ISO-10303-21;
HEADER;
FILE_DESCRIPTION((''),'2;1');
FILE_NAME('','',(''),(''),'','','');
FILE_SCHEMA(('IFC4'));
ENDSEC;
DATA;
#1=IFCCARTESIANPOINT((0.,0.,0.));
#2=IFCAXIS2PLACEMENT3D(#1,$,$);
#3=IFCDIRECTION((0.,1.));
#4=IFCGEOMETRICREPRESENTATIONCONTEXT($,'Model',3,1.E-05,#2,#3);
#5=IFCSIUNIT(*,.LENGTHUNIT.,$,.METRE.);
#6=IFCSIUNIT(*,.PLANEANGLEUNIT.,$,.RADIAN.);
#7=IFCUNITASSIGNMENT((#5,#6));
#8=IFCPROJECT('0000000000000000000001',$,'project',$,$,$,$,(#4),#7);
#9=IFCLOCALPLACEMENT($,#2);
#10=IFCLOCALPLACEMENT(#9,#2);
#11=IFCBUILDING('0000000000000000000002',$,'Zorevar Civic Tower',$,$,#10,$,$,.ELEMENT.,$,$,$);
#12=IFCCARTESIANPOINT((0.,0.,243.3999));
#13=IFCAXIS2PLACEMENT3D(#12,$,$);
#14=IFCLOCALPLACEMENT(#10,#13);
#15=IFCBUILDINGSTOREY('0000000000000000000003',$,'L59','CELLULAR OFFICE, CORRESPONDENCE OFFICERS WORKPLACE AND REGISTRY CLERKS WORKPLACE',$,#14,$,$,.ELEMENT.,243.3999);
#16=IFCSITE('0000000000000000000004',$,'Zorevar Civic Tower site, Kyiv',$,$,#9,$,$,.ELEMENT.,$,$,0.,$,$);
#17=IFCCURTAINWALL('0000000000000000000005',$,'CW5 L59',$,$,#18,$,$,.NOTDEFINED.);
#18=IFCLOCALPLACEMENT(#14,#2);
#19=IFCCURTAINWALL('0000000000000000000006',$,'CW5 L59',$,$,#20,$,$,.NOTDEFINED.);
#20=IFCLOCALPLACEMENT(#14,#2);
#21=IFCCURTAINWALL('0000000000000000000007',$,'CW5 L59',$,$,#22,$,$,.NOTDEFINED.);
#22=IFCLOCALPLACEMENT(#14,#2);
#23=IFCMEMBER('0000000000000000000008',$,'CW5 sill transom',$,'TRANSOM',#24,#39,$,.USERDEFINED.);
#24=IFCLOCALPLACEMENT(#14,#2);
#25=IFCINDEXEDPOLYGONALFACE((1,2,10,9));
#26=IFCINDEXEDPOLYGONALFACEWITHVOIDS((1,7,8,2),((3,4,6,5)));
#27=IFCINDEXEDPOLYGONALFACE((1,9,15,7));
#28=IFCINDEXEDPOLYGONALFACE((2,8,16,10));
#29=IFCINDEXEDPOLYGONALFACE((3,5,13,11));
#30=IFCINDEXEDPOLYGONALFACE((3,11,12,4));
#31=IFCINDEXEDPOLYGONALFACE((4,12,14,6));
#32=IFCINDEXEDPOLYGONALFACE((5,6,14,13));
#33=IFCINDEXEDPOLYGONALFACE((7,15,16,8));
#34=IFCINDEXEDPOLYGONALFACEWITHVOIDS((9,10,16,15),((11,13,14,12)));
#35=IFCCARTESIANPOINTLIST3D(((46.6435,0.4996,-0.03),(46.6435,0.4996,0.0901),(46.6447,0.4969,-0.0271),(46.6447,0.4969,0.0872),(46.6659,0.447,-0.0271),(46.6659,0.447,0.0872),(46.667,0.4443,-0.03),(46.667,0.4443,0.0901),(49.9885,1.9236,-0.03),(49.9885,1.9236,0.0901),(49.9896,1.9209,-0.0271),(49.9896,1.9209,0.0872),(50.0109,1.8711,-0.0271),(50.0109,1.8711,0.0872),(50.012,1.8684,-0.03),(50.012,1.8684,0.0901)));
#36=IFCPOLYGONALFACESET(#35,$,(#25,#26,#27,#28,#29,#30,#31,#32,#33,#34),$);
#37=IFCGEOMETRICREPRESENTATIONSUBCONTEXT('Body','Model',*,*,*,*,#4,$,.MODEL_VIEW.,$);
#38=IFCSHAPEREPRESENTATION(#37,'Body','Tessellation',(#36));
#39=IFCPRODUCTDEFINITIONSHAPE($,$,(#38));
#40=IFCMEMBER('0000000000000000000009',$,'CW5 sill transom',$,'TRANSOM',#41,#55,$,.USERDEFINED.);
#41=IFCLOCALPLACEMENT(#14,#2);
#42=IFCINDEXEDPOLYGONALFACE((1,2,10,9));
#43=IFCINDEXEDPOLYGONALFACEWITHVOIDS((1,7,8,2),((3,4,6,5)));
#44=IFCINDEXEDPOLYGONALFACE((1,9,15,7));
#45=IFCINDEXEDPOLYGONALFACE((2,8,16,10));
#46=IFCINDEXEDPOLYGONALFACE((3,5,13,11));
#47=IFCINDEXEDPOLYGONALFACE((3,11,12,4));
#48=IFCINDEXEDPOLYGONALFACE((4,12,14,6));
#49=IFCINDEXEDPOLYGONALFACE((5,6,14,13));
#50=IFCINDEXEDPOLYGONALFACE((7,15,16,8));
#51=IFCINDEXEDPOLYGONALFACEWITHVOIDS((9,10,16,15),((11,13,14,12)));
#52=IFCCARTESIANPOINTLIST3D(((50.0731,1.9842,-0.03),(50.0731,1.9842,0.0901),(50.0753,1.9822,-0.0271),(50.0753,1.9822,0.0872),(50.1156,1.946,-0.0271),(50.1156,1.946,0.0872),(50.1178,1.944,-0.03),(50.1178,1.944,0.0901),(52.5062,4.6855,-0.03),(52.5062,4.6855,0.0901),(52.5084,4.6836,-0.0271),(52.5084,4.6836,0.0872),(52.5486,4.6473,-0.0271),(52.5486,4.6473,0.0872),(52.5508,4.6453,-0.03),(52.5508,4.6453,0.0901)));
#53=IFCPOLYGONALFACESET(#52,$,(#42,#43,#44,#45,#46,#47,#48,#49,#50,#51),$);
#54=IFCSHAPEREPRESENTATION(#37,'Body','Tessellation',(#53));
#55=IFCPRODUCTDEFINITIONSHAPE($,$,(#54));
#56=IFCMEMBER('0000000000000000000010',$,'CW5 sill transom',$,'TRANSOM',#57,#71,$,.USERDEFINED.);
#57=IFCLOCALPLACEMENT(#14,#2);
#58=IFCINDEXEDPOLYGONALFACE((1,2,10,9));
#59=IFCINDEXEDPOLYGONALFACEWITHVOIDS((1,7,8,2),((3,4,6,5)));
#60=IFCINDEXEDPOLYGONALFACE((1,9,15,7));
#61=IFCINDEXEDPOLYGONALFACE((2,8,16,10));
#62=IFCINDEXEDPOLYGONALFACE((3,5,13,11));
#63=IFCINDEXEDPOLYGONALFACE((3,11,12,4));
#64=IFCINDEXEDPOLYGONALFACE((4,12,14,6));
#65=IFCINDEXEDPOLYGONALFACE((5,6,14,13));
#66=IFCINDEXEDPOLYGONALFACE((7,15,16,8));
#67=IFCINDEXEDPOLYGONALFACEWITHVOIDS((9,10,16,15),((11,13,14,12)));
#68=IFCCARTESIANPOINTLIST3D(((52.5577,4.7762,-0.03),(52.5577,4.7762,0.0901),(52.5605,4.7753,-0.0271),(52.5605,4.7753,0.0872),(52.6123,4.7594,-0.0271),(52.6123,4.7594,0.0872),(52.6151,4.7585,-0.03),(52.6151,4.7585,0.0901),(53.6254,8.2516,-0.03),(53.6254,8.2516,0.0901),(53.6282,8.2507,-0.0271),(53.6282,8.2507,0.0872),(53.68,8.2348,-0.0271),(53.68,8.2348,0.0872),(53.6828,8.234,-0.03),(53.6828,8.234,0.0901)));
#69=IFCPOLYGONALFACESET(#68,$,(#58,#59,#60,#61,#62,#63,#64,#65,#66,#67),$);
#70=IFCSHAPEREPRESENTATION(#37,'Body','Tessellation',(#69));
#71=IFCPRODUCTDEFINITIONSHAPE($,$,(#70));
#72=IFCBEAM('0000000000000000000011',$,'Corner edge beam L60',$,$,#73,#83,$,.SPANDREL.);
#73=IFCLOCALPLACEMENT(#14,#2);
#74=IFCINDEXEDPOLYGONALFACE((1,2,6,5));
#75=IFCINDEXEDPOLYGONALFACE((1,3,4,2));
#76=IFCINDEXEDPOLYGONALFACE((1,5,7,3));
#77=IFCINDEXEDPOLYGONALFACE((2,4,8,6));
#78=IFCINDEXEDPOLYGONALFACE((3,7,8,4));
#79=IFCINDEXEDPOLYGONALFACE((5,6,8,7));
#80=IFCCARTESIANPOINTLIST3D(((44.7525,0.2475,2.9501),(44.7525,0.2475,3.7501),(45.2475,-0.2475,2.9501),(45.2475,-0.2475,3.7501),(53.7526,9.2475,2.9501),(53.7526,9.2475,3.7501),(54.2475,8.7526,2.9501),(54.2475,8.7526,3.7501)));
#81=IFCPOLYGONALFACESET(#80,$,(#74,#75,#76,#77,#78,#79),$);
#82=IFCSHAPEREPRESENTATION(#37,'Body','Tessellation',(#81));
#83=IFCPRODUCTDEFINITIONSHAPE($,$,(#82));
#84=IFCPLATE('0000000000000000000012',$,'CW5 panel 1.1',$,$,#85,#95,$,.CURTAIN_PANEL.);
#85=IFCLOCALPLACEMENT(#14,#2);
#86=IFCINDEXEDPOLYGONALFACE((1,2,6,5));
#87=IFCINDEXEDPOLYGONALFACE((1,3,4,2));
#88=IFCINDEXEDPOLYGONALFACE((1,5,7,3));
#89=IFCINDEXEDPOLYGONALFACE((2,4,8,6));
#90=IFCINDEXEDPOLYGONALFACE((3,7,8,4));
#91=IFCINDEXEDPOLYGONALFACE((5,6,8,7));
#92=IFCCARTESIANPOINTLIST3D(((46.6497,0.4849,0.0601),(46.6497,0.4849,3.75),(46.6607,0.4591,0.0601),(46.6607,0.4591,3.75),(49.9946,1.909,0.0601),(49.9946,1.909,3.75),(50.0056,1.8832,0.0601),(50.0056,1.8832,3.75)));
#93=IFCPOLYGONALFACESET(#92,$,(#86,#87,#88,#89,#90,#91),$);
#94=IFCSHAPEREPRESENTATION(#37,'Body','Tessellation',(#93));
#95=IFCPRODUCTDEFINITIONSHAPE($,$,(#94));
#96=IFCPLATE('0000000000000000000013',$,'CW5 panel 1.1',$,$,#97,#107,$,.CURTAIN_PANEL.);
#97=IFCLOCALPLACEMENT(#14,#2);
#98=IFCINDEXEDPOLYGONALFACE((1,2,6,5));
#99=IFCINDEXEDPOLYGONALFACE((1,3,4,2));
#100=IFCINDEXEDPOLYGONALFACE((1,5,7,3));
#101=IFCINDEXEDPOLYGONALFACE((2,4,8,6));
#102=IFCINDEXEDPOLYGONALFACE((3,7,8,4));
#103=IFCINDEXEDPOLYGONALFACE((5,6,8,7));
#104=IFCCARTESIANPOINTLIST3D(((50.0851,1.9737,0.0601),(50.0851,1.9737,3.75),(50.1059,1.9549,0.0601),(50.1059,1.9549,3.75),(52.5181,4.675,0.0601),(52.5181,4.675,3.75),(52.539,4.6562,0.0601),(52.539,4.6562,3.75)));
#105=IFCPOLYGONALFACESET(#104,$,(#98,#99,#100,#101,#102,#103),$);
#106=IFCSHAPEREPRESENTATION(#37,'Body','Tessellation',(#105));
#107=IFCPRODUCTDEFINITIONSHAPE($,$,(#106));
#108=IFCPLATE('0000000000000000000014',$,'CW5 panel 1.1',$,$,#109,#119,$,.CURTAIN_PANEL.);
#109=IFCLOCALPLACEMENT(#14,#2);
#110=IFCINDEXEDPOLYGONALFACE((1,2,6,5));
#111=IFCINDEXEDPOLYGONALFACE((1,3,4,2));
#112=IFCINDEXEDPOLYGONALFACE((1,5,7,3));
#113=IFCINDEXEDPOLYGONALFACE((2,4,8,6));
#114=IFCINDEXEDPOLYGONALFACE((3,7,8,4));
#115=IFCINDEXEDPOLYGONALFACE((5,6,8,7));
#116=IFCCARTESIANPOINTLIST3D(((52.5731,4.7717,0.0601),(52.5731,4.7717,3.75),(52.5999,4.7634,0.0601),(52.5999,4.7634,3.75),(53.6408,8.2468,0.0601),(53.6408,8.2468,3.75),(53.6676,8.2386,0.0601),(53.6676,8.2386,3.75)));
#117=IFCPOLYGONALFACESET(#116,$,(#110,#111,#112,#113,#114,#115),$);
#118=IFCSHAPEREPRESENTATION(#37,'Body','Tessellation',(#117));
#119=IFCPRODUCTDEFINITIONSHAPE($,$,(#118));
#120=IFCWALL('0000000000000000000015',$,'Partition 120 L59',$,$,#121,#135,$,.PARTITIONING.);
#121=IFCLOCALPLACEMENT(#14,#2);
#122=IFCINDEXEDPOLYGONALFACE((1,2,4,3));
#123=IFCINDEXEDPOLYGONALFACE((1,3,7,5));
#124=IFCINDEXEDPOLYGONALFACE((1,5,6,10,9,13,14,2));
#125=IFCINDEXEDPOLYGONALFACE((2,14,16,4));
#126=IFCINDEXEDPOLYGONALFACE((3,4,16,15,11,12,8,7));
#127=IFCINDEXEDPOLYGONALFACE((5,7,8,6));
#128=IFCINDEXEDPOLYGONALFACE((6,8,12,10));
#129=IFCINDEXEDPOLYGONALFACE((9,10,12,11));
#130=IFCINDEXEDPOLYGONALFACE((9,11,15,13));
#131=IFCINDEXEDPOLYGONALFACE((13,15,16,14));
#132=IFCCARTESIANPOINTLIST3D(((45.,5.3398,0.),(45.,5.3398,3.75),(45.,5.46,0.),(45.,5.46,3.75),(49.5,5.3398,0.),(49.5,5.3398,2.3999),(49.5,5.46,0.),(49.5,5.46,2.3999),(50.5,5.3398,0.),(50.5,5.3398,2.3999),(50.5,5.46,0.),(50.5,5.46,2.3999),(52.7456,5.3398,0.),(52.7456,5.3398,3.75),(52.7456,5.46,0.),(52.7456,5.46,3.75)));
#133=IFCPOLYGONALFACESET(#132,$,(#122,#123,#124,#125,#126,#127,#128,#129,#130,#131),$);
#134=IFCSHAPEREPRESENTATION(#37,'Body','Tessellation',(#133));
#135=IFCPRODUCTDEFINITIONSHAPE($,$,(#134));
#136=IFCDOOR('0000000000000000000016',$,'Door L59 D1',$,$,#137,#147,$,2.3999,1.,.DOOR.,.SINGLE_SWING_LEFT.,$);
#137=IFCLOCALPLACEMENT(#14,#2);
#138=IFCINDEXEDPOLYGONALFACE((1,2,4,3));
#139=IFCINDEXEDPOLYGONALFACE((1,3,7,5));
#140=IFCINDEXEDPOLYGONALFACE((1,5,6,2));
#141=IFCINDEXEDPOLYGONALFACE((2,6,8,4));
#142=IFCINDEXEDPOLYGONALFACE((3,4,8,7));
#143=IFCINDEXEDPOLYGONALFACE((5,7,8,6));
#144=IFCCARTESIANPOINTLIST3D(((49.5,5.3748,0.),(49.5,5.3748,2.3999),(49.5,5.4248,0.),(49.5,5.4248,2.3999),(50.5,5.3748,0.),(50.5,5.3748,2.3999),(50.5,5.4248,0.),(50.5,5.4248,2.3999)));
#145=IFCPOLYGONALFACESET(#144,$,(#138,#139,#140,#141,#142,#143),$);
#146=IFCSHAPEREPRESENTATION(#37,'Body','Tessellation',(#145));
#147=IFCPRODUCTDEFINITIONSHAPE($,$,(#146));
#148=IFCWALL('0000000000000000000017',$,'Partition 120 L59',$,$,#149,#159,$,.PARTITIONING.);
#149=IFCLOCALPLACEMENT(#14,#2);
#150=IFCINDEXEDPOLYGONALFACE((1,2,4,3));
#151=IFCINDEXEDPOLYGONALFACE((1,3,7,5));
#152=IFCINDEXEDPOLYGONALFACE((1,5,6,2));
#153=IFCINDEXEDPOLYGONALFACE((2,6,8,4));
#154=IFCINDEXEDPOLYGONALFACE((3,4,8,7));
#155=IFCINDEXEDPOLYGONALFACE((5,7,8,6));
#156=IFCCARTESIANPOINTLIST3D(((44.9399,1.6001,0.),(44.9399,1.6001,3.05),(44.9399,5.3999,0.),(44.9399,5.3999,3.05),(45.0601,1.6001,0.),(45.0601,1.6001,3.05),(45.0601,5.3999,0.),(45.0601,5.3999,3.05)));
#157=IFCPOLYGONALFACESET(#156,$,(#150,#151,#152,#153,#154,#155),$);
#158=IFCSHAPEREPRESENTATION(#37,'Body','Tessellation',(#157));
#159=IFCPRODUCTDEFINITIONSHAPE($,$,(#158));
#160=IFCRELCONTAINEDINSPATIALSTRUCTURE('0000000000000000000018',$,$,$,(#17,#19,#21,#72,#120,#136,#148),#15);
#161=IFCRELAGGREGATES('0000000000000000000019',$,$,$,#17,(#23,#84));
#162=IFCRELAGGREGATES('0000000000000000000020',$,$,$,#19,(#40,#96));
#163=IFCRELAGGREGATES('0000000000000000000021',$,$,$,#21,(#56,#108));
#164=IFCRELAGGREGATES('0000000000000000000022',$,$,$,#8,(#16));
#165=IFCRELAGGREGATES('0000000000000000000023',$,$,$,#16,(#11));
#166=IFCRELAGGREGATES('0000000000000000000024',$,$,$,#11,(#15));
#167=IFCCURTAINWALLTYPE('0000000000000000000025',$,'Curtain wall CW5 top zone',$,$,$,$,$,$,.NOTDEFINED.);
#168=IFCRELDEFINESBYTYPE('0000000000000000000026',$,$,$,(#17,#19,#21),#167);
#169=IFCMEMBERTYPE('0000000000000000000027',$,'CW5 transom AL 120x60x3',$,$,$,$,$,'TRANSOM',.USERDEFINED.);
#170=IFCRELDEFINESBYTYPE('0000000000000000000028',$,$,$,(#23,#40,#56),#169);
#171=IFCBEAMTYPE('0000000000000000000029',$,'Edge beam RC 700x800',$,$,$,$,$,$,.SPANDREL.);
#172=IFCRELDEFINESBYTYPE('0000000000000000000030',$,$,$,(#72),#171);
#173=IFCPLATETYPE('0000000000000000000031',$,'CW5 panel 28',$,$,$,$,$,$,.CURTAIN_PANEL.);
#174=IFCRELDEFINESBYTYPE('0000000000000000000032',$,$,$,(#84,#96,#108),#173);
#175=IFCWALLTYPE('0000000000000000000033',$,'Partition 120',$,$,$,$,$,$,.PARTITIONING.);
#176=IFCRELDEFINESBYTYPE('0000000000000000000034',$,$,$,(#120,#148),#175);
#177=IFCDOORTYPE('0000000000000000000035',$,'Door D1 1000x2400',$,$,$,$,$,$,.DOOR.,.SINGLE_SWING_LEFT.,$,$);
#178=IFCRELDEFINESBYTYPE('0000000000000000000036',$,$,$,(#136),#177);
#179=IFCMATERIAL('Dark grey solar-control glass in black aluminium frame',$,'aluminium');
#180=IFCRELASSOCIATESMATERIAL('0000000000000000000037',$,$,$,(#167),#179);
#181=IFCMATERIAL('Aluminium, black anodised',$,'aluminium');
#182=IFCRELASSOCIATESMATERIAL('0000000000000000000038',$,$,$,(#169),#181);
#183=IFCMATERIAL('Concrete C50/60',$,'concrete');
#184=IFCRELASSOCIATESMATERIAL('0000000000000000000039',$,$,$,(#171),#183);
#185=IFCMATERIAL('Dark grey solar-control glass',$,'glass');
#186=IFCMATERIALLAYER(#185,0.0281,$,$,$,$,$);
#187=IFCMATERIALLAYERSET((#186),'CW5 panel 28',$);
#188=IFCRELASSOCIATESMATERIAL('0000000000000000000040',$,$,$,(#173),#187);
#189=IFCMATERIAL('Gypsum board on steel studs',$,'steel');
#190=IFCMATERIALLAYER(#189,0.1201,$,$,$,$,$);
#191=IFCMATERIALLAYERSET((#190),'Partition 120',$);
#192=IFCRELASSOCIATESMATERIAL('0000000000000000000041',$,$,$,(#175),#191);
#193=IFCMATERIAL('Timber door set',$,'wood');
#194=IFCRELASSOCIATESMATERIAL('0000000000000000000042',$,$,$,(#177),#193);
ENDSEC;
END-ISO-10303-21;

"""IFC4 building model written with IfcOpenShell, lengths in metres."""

from ifc_helpers import new_model, si_unit, direction, frame, frame_2d, origin, origin_2d, place, context, subcontext, project, spatial, rectangle, hollow_rectangle, extrude, material, layer, layer_set, material_profile, profile_set, type_object, element, fill, aggregate, save


model = new_model("IFC4")

# Units and contexts
model_context = context("Model", 3, precision=1e-05, world=origin(), true_north=direction((0.0, 1.0)))
body_context = subcontext(model_context, "Body", "Model", "MODEL_VIEW")
ifc_project = project(units=[si_unit("LENGTHUNIT", "METRE"), si_unit("PLANEANGLEUNIT", "RADIAN")], contexts=[model_context])

# Site, building, storey
site_placement = place(None, origin())
site = spatial("IfcSite", under=ifc_project, at=site_placement, Name="Zorevar Civic Tower site, Kyiv", CompositionType="ELEMENT", RefElevation=0.0)
building_placement = place(site_placement, origin())
building = spatial("IfcBuilding", under=site, at=building_placement, Name="Zorevar Civic Tower", CompositionType="ELEMENT")
storey_placement = place(building_placement, frame((0.0, 0.0, 243.3999)))
storey = spatial("IfcBuildingStorey", under=building, at=storey_placement, Name="L59", Description="CELLULAR OFFICE, CORRESPONDENCE OFFICERS WORKPLACE AND REGISTRY CLERKS WORKPLACE", CompositionType="ELEMENT", Elevation=243.3999)

# Shared definitions
ifc_material_1 = material(Name="Dark grey solar-control glass in black aluminium frame", Category="aluminium")
curtain_wall_type = type_object("IfcCurtainWallType", Name="Curtain wall CW5 top zone", PredefinedType="NOTDEFINED", material=ifc_material_1)

# Curtain walls
curtain_wall_1_placement = place(storey_placement, origin())
curtain_wall_1 = element("IfcCurtainWall", 1, at=curtain_wall_1_placement, inside=storey, type_object=curtain_wall_type, Name="CW5 L59", PredefinedType="NOTDEFINED")
curtain_wall_2_placement = place(storey_placement, origin())
curtain_wall_2 = element("IfcCurtainWall", 2, at=curtain_wall_2_placement, inside=storey, type_object=curtain_wall_type, Name="CW5 L59", PredefinedType="NOTDEFINED")
curtain_wall_3_placement = place(storey_placement, origin())
curtain_wall_3 = element("IfcCurtainWall", 3, at=curtain_wall_3_placement, inside=storey, type_object=curtain_wall_type, Name="CW5 L59", PredefinedType="NOTDEFINED")

# Members
ifc_material_2 = material(Name="Aluminium, black anodised", Category="aluminium")
ifc_material_profile_1 = material_profile(ifc_material_2, hollow_rectangle(XDim=0.0601, YDim=0.1201, WallThickness=0.0029, at=origin_2d()), Name="AL 120x60x3")
ifc_profile_set_1 = profile_set([ifc_material_profile_1], Name="Aluminium, black anodised")
member_type_1 = type_object("IfcMemberType", Name="CW5 transom AL 120x60x3", ElementType="TRANSOM", PredefinedType="USERDEFINED", material=ifc_profile_set_1)
member_1_placement = place(storey_placement, frame((46.6553, 0.4719, 0.03), z_axis=(0.920087, 0.391714, 0.0), x_axis=(-0.391714, 0.920087, 0.0)))
member_1 = element("IfcMember", 4, at=member_1_placement, type_object=member_type_1, Name="CW5 sill transom", ObjectType="TRANSOM", PredefinedType="USERDEFINED", context=body_context, shape_type="SweptSolid", body=[
    extrude(hollow_rectangle(XDim=0.0601, YDim=0.1201, WallThickness=0.0029, at=origin_2d()), origin(), (0.0, 0.0, 1.0), 3.6355),
])
member_2_placement = place(storey_placement, frame((50.0955, 1.9641, 0.03), z_axis=(0.669243, 0.743044, 0.0), x_axis=(-0.743044, 0.669243, 0.0)))
member_2 = element("IfcMember", 5, at=member_2_placement, type_object=member_type_1, Name="CW5 sill transom", ObjectType="TRANSOM", PredefinedType="USERDEFINED", context=body_context, shape_type="SweptSolid", body=[
    extrude(hollow_rectangle(XDim=0.0601, YDim=0.1201, WallThickness=0.0029, at=origin_2d()), origin(), (0.0, 0.0, 1.0), 3.6355),
])
member_3_placement = place(storey_placement, frame((52.5864, 4.7673, 0.03), z_axis=(0.293656, 0.955911, 0.0), x_axis=(-0.955911, 0.293656, 0.0)))
member_3 = element("IfcMember", 6, at=member_3_placement, type_object=member_type_1, Name="CW5 sill transom", ObjectType="TRANSOM", PredefinedType="USERDEFINED", context=body_context, shape_type="SweptSolid", body=[
    extrude(hollow_rectangle(XDim=0.0601, YDim=0.1201, WallThickness=0.0029, at=origin_2d()), origin(), (0.0, 0.0, 1.0), 3.6357),
])

# Beam
ifc_material_3 = material(Name="Concrete C50/60", Category="concrete")
ifc_material_profile_2 = material_profile(ifc_material_3, rectangle(XDim=0.7, YDim=0.8, at=origin_2d()), Name="RC 700x800")
ifc_profile_set_2 = profile_set([ifc_material_profile_2], Name="Concrete C50/60")
beam_type_1 = type_object("IfcBeamType", Name="Edge beam RC 700x800", PredefinedType="SPANDREL", material=ifc_profile_set_2)
beam_1_placement = place(storey_placement, frame((45.0, 0.0, 3.3501), z_axis=(0.707107, 0.707107, 0.0), x_axis=(-0.707107, 0.707107, 0.0)))
element("IfcBeam", 7, at=beam_1_placement, inside=storey, type_object=beam_type_1, Name="Corner edge beam L60", PredefinedType="SPANDREL", context=body_context, shape_type="SweptSolid", body=[
    extrude(rectangle(XDim=0.7, YDim=0.8, at=origin_2d()), origin(), (0.0, 0.0, 1.0), 12.728),
])

# Plates
ifc_material_4 = material(Name="Dark grey solar-control glass", Category="glass")
ifc_layer_1 = layer(ifc_material_4, 0.0281)
ifc_layer_set_1 = layer_set([ifc_layer_1], Name="CW5 panel 28")
plate_type = type_object("IfcPlateType", Name="CW5 panel 28", PredefinedType="CURTAIN_PANEL", material=ifc_layer_set_1)
plate_1_placement = place(storey_placement, frame((48.3276, 1.1841, 0.0601), z_axis=(0.0, 0.0, 1.0), x_axis=(0.920084, 0.39172, 0.0)))
plate_1 = element("IfcPlate", 8, at=plate_1_placement, type_object=plate_type, Name="CW5 panel 1.1", PredefinedType="CURTAIN_PANEL", context=body_context, shape_type="SweptSolid", body=[
    extrude(rectangle(XDim=3.6355, YDim=0.0281, at=origin_2d()), origin(), (0.0, 0.0, 1.0), 3.6899),
])
aggregate(curtain_wall_1, [member_1, plate_1])
plate_2_placement = place(storey_placement, frame((51.312, 3.3149, 0.0601), z_axis=(0.0, 0.0, 1.0), x_axis=(0.669242, 0.743045, 0.0)))
plate_2 = element("IfcPlate", 9, at=plate_2_placement, type_object=plate_type, Name="CW5 panel 1.1", PredefinedType="CURTAIN_PANEL", context=body_context, shape_type="SweptSolid", body=[
    extrude(rectangle(XDim=3.6355, YDim=0.0281, at=origin_2d()), origin(), (0.0, 0.0, 1.0), 3.6899),
])
aggregate(curtain_wall_2, [member_2, plate_2])
plate_3_placement = place(storey_placement, frame((53.1204, 6.5051, 0.0601), z_axis=(0.0, 0.0, 1.0), x_axis=(0.293692, 0.9559, 0.0)))
plate_3 = element("IfcPlate", 10, at=plate_3_placement, type_object=plate_type, Name="CW5 panel 1.1", PredefinedType="CURTAIN_PANEL", context=body_context, shape_type="SweptSolid", body=[
    extrude(rectangle(XDim=3.6355, YDim=0.0281, at=origin_2d()), origin(), (0.0, 0.0, 1.0), 3.6899),
])
aggregate(curtain_wall_3, [member_3, plate_3])

# Wall, opening, door
ifc_material_5 = material(Name="Gypsum board on steel studs", Category="steel")
ifc_layer_2 = layer(ifc_material_5, 0.1201)
ifc_layer_set_2 = layer_set([ifc_layer_2], Name="Partition 120")
wall_type = type_object("IfcWallType", Name="Partition 120", PredefinedType="PARTITIONING", material=ifc_layer_set_2)
wall_1_placement = place(storey_placement, frame((45.0, 5.3999, 0.0), z_axis=(0.0, 0.0, 1.0), x_axis=(1.0, 0.0, 0.0)))
wall_1 = element("IfcWall", 11, at=wall_1_placement, inside=storey, type_object=wall_type, Name="Partition 120 L59", PredefinedType="PARTITIONING", context=body_context, shape_type="SweptSolid", body=[
    extrude(rectangle(XDim=7.7456, YDim=0.1201, at=frame_2d((3.8728, 0.0))), origin(), (0.0, 0.0, 1.0), 3.75),
])
opening_placement = place(wall_1_placement, frame((4.5, 0.0, 0.0)))
opening = element("IfcOpeningElement", 12, at=opening_placement, cuts=wall_1, PredefinedType="OPENING", context=body_context, shape_type="SweptSolid", body=[
    extrude(rectangle(XDim=1.0, YDim=2.3999, at=frame_2d((0.5, 1.2))), frame((0.0, 0.0701, 0.0), z_axis=(0.0, -1.0, 0.0), x_axis=(1.0, 0.0, 0.0)), (0.0, 0.0, 1.0), 0.1401),
])
ifc_material_6 = material(Name="Timber door set", Category="wood")
door_type = type_object("IfcDoorType", Name="Door D1 1000x2400", OperationType="SINGLE_SWING_LEFT", PredefinedType="DOOR", material=ifc_material_6)
door_placement = place(opening_placement, origin())
door = element("IfcDoor", 13, at=door_placement, inside=storey, type_object=door_type, Name="Door L59 D1", OperationType="SINGLE_SWING_LEFT", OverallHeight=2.3999, OverallWidth=1.0, PredefinedType="DOOR", context=body_context, shape_type="SweptSolid", body=[
    extrude(rectangle(XDim=1.0, YDim=2.3999, at=frame_2d((0.5, 1.2))), frame((0.0, 0.0249, 0.0), z_axis=(0.0, -1.0, 0.0), x_axis=(1.0, 0.0, 0.0)), (0.0, 0.0, 1.0), 0.05),
])
fill(opening, door)

# Wall
wall_2_placement = place(storey_placement, frame((45.0, 1.6001, 0.0), z_axis=(0.0, 0.0, 1.0), x_axis=(0.0, 1.0, 0.0)))
element("IfcWall", 14, at=wall_2_placement, inside=storey, type_object=wall_type, Name="Partition 120 L59", PredefinedType="PARTITIONING", context=body_context, shape_type="SweptSolid", body=[
    extrude(rectangle(XDim=3.7998, YDim=0.1201, at=frame_2d((1.8999, 0.0))), origin(), (0.0, 0.0, 1.0), 3.05),
])

save(model, "model.ifc")
